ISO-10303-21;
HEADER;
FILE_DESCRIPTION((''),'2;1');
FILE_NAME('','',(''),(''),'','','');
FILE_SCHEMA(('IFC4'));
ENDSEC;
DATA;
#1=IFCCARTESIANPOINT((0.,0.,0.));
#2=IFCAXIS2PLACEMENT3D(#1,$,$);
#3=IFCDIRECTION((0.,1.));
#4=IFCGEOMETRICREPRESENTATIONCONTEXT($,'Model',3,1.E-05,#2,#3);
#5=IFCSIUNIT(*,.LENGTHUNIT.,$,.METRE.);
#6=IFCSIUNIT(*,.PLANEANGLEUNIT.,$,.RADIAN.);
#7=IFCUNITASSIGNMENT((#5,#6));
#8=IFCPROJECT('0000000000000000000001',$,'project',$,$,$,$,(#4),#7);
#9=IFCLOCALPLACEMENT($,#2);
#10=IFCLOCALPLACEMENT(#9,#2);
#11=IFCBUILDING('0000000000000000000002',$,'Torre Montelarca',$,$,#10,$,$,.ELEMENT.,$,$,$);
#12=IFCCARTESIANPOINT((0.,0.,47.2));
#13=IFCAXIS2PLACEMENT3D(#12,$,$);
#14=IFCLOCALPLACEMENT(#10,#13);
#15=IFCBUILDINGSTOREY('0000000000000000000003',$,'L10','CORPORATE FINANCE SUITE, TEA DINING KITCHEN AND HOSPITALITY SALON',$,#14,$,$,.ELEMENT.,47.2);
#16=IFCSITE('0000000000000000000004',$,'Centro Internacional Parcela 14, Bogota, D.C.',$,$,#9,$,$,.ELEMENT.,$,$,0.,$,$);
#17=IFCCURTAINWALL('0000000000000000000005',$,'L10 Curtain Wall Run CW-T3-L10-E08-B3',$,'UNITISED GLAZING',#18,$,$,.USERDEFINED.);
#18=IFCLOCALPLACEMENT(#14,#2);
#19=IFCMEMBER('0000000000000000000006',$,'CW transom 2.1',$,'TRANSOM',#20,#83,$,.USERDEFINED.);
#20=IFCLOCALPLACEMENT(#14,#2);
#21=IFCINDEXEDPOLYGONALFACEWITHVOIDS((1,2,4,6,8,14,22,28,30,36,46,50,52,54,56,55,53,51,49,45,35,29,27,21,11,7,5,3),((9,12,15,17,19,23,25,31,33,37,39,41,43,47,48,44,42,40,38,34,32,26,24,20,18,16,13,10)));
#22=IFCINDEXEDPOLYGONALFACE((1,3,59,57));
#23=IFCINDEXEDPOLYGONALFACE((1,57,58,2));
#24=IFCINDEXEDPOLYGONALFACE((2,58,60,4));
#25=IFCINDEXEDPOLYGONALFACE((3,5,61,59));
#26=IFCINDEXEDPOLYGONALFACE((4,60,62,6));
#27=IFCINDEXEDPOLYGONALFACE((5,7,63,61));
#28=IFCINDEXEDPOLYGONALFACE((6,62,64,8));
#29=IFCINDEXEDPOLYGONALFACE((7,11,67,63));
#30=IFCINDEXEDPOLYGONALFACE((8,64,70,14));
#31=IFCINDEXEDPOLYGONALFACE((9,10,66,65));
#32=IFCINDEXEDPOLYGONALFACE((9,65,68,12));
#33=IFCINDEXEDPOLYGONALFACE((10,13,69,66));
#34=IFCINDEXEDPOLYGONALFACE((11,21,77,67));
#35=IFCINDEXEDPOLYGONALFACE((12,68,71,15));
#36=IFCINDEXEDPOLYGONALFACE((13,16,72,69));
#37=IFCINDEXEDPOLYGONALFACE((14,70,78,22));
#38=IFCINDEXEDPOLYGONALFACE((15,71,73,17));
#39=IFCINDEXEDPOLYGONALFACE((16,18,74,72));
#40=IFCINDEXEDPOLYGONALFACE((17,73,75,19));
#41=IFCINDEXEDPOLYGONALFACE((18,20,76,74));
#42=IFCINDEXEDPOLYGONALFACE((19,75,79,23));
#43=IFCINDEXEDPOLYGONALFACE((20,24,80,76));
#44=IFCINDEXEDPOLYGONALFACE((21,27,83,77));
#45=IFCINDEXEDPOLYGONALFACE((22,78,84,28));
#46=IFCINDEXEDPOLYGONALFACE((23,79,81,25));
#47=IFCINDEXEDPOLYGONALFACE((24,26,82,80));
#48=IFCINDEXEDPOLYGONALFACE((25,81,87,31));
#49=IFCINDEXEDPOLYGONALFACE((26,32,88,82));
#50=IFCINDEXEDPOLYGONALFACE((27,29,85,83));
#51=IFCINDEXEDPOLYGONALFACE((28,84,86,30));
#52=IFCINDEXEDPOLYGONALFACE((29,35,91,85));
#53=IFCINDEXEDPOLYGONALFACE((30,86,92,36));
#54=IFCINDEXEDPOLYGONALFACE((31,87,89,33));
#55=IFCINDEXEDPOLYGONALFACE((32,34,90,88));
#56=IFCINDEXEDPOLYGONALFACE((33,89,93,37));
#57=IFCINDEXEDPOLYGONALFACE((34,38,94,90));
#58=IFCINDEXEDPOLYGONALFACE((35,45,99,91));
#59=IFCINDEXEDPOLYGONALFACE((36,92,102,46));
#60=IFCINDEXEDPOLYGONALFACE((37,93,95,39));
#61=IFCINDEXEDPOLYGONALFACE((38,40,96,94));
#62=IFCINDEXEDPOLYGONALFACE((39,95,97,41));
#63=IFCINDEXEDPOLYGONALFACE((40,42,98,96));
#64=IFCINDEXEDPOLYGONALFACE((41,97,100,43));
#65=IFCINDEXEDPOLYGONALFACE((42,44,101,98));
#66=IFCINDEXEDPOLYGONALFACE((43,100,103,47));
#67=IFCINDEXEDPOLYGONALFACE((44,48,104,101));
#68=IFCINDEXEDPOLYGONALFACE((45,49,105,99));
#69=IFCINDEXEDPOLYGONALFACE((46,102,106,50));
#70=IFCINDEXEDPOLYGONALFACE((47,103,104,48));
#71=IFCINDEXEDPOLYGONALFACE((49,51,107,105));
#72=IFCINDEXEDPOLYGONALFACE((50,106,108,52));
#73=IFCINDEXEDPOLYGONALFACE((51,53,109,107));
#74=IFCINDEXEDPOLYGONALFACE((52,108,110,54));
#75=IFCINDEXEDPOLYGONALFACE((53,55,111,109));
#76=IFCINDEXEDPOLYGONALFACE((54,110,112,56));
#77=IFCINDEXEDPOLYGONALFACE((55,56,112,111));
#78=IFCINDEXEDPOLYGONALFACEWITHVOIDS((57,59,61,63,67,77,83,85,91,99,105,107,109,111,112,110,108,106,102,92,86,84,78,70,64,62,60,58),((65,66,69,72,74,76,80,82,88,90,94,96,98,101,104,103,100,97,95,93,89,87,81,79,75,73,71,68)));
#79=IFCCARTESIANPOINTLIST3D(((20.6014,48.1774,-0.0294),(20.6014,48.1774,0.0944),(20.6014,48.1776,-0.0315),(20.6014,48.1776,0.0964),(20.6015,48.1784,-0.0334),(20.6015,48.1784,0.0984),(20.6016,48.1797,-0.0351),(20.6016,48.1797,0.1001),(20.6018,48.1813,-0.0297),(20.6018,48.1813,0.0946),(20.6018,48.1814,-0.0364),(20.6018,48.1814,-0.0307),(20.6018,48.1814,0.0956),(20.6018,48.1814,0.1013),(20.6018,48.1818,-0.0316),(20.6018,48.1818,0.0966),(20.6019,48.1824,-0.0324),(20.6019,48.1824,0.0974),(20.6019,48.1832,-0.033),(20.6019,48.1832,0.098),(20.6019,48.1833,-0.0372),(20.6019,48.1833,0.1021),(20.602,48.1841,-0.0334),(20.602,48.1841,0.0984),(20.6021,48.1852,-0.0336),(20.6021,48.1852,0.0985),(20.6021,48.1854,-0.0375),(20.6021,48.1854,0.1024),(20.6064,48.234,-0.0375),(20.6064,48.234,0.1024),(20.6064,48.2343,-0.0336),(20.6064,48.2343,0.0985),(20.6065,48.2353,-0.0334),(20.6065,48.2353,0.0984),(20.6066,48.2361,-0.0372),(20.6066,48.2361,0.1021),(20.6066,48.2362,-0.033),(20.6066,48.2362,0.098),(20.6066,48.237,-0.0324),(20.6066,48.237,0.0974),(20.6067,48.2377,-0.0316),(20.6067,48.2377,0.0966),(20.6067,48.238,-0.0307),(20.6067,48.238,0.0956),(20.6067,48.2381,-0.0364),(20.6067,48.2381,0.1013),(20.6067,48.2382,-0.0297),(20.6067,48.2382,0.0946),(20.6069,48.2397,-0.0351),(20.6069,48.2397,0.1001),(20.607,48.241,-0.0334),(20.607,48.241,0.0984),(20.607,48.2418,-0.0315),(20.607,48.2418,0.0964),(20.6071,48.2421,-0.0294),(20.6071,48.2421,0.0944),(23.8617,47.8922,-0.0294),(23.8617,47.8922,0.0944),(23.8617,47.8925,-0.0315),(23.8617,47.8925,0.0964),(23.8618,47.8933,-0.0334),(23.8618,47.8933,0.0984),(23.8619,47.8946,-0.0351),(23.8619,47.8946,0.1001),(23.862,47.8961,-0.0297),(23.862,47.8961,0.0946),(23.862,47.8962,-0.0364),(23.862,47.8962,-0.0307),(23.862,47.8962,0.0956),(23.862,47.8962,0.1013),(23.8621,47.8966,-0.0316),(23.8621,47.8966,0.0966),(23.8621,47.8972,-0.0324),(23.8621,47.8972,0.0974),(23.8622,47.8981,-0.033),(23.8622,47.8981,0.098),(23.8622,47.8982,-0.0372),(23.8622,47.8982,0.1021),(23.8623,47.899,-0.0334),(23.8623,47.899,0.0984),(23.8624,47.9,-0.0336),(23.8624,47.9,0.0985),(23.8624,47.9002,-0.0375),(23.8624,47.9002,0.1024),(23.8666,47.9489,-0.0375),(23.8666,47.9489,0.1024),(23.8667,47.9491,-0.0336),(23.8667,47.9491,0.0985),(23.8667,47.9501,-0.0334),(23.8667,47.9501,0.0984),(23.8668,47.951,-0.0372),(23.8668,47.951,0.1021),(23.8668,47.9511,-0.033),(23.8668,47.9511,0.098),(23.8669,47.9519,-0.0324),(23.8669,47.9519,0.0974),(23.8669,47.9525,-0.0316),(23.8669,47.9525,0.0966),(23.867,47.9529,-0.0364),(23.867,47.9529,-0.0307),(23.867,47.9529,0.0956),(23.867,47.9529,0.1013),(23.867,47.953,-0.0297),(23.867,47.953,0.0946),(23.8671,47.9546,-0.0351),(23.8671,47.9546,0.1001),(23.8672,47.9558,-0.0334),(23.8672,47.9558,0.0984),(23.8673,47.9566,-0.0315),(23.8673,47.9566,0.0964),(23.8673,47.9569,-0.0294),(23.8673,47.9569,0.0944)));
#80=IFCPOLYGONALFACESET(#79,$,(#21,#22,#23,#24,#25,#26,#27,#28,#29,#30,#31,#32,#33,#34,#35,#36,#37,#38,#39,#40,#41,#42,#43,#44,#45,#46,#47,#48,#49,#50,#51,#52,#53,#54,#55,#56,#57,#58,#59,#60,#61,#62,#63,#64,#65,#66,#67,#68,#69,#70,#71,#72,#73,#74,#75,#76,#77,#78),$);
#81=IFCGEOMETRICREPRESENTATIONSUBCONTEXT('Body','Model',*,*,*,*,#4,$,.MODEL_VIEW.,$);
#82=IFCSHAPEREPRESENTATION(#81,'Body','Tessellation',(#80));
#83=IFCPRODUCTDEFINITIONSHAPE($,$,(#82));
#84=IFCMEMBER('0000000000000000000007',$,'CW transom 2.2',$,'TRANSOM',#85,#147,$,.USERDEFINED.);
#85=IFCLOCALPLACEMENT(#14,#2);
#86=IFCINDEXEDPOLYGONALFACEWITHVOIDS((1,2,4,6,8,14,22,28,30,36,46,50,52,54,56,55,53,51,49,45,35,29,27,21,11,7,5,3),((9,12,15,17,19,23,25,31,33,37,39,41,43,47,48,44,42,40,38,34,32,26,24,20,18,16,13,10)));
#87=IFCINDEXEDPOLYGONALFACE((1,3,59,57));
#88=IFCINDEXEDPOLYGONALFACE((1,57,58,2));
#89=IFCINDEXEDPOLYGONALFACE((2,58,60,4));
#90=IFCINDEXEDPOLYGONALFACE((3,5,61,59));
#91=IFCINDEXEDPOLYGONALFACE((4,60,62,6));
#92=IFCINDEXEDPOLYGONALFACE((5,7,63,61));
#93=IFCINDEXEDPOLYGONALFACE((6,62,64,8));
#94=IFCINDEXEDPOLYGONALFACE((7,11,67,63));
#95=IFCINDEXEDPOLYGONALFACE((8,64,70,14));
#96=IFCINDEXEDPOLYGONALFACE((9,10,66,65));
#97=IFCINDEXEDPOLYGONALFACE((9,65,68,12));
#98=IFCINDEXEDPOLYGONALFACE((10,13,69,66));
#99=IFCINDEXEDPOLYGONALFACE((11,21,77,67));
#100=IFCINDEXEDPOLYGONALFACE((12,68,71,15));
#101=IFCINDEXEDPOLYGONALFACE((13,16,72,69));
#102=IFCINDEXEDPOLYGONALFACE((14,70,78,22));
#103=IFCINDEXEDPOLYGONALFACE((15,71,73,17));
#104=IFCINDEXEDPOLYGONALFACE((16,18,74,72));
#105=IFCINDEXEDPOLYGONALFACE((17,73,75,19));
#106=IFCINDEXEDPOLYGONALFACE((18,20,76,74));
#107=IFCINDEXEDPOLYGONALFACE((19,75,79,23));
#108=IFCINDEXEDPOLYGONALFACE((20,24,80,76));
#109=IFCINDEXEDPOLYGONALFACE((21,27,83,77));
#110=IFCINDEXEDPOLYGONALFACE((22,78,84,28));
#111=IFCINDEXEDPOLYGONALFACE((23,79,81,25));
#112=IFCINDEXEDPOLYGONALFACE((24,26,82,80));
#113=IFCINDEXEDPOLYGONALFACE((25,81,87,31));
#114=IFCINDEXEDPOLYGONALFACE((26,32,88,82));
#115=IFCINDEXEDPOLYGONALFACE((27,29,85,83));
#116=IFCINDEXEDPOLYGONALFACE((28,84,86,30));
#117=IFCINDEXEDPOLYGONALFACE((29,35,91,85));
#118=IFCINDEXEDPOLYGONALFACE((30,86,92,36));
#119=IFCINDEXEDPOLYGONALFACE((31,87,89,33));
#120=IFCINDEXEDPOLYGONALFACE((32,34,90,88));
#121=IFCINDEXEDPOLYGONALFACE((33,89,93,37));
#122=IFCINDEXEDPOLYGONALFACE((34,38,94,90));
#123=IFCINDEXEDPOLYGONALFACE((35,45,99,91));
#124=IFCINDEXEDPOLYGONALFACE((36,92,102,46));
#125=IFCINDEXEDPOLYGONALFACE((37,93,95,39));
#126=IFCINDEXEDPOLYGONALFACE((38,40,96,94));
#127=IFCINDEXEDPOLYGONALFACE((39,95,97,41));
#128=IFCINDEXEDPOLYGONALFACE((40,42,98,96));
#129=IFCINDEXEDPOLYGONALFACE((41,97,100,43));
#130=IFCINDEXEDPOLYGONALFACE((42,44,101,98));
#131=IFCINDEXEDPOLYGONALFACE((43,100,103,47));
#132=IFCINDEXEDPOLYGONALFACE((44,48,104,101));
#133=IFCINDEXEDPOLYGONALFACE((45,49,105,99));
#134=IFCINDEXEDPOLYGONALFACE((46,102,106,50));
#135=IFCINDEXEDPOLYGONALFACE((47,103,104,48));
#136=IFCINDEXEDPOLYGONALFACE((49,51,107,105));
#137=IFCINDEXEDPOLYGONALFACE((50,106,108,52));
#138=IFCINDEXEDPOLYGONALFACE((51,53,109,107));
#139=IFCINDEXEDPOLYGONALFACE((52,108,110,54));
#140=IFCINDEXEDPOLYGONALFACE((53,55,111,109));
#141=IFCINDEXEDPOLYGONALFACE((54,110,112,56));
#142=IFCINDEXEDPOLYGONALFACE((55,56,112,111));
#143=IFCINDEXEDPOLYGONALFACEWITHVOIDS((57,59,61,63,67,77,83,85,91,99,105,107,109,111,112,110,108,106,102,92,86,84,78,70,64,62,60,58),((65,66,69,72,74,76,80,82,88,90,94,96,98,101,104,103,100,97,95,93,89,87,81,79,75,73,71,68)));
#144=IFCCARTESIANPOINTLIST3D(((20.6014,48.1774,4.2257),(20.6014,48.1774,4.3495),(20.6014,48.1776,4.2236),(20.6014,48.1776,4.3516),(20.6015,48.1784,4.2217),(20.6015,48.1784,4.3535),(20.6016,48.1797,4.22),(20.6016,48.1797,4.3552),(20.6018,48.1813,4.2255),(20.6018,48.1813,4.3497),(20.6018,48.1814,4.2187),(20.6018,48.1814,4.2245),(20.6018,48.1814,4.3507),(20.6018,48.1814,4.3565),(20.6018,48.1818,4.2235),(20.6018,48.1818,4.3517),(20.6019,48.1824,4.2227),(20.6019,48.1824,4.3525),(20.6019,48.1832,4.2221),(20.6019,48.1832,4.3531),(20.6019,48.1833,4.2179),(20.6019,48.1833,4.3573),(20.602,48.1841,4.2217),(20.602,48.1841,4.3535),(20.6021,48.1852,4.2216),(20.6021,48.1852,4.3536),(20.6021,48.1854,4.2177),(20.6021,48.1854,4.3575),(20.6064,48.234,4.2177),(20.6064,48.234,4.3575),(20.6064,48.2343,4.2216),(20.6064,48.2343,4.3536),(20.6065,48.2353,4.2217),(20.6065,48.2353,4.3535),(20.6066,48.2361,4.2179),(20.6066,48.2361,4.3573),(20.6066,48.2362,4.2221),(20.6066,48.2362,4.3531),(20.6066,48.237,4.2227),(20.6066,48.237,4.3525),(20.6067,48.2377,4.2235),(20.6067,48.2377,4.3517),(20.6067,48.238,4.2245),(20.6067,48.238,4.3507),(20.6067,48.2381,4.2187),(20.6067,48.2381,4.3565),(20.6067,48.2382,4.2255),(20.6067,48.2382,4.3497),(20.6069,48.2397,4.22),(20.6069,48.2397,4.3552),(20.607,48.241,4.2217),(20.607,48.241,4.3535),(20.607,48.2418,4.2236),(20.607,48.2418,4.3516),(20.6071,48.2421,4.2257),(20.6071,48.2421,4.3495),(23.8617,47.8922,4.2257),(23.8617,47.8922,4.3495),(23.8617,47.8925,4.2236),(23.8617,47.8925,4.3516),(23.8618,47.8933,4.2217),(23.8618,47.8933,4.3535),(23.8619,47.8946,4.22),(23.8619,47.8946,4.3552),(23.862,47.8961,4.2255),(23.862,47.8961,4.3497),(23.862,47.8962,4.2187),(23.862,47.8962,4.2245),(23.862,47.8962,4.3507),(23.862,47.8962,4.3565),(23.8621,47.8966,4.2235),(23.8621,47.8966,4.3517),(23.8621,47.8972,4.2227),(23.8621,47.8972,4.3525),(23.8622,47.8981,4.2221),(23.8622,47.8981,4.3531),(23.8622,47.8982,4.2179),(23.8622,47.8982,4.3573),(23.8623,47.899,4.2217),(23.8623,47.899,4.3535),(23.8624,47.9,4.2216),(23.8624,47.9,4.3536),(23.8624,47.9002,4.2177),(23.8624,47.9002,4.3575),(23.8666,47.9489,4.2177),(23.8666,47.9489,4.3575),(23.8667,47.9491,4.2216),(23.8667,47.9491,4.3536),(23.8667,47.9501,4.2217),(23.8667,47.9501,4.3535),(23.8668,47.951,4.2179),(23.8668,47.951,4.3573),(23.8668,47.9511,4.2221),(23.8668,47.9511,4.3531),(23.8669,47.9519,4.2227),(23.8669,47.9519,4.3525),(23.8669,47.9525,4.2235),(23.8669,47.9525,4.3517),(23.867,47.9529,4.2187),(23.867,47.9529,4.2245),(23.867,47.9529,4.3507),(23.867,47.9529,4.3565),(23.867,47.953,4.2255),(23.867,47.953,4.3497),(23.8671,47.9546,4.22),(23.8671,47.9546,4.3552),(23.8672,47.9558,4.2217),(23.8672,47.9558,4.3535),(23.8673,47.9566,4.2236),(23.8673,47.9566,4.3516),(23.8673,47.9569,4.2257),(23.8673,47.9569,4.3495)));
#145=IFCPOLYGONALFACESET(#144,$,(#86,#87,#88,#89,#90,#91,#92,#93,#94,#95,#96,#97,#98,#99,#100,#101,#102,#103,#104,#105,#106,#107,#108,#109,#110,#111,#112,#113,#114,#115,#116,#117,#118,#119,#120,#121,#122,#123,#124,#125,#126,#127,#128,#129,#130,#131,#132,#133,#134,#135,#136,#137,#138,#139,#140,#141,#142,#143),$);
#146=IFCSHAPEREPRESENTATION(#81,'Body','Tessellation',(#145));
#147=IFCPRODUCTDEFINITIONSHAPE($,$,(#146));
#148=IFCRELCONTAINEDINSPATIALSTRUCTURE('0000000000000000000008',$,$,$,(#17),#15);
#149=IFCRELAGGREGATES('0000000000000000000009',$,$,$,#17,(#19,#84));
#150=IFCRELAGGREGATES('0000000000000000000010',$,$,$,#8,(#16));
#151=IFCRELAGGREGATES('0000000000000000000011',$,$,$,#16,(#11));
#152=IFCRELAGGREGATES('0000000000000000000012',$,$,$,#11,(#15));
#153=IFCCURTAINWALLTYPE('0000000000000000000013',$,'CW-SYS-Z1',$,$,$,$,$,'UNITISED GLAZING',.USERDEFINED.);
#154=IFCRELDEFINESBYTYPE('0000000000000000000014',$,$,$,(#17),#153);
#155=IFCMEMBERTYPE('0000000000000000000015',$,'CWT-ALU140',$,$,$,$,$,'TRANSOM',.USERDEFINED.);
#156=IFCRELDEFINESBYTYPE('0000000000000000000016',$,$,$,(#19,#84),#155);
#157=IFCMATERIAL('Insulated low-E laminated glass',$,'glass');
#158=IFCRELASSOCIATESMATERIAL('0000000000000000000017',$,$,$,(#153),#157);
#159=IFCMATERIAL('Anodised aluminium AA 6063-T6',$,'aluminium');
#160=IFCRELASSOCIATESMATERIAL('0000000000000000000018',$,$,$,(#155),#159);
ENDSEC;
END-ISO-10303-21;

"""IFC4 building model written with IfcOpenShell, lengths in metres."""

from ifc_helpers import new_model, si_unit, direction, frame, origin, origin_2d, place, context, subcontext, project, spatial, hollow_rectangle, extrude, source, transform, mapped, material, material_profile, profile_set, type_object, element, aggregate, save


model = new_model("IFC4")

# Units and contexts
model_context = context("Model", 3, precision=1e-05, world=origin(), true_north=direction((0.0, 1.0)))
body_context = subcontext(model_context, "Body", "Model", "MODEL_VIEW")
ifc_project = project(units=[si_unit("LENGTHUNIT", "METRE"), si_unit("PLANEANGLEUNIT", "RADIAN")], contexts=[model_context])

# Site, building, storey
site_placement = place(None, origin())
site = spatial("IfcSite", under=ifc_project, at=site_placement, Name="Centro Internacional Parcela 14, Bogota, D.C.", CompositionType="ELEMENT", RefElevation=0.0)
building_placement = place(site_placement, origin())
building = spatial("IfcBuilding", under=site, at=building_placement, Name="Torre Montelarca", CompositionType="ELEMENT")
storey_placement = place(building_placement, frame((0.0, 0.0, 47.2)))
storey = spatial("IfcBuildingStorey", under=building, at=storey_placement, Name="L10", Description="CORPORATE FINANCE SUITE, TEA DINING KITCHEN AND HOSPITALITY SALON", CompositionType="ELEMENT", Elevation=47.2)

# Shared definitions
ifc_material_1 = material(Name="Insulated low-E laminated glass", Category="glass")
curtain_wall_type = type_object("IfcCurtainWallType", Name="CW-SYS-Z1", ElementType="UNITISED GLAZING", PredefinedType="USERDEFINED", material=ifc_material_1)
ifc_material_2 = material(Name="Anodised aluminium AA 6063-T6", Category="aluminium")

# Curtain wall, members
curtain_wall_1_placement = place(storey_placement, origin())
curtain_wall_1 = element("IfcCurtainWall", 1, at=curtain_wall_1_placement, inside=storey, type_object=curtain_wall_type, Name="L10 Curtain Wall Run CW-T3-L10-E08-B3", ObjectType="UNITISED GLAZING", PredefinedType="USERDEFINED")
ifc_material_profile_1 = material_profile(ifc_material_2, hollow_rectangle(XDim=0.0649, YDim=0.1399, WallThickness=0.0039, InnerFilletRadius=0.0039, OuterFilletRadius=0.0081, at=origin_2d()), Name="ALU65X140X4", Category="aluminium")
ifc_profile_set_1 = profile_set([ifc_material_profile_1], Name="Anodised aluminium AA 6063-T6")
member_type_1 = type_object("IfcMemberType", Name="CWT-ALU140", ElementType="TRANSOM", PredefinedType="USERDEFINED", material=ifc_profile_set_1)
shared_shape_1 = source(origin(), body_context, "Body", "SweptSolid", [
    extrude(hollow_rectangle(XDim=0.0649, YDim=0.1399, WallThickness=0.0039, InnerFilletRadius=0.0039, OuterFilletRadius=0.0081, at=origin_2d()), origin(), (0.0, 0.0, 1.0), 3.2727),
])
member_1_placement = place(storey_placement, frame((23.8645, 47.9246, 0.0325), z_axis=(-0.996197, 0.087132, 0.0), x_axis=(-0.087132, -0.996197, 0.0)))
member_1 = element("IfcMember", 2, at=member_1_placement, type_object=member_type_1, Name="CW transom 2.1", ObjectType="TRANSOM", PredefinedType="USERDEFINED", context=body_context, shape_type="MappedRepresentation", body=[
    mapped(shared_shape_1, transform((0.0, 0.0, 0.0), scale=1.0)),
])
member_2_placement = place(storey_placement, frame((23.8645, 47.9246, 4.2876), z_axis=(-0.996197, 0.087132, 0.0), x_axis=(-0.087132, -0.996197, 0.0)))
member_2 = element("IfcMember", 3, at=member_2_placement, type_object=member_type_1, Name="CW transom 2.2", ObjectType="TRANSOM", PredefinedType="USERDEFINED", context=body_context, shape_type="MappedRepresentation", body=[
    mapped(shared_shape_1, transform((0.0, 0.0, 0.0), scale=1.0)),
])

aggregate(curtain_wall_1, [member_1, member_2])

save(model, "model.ifc")
